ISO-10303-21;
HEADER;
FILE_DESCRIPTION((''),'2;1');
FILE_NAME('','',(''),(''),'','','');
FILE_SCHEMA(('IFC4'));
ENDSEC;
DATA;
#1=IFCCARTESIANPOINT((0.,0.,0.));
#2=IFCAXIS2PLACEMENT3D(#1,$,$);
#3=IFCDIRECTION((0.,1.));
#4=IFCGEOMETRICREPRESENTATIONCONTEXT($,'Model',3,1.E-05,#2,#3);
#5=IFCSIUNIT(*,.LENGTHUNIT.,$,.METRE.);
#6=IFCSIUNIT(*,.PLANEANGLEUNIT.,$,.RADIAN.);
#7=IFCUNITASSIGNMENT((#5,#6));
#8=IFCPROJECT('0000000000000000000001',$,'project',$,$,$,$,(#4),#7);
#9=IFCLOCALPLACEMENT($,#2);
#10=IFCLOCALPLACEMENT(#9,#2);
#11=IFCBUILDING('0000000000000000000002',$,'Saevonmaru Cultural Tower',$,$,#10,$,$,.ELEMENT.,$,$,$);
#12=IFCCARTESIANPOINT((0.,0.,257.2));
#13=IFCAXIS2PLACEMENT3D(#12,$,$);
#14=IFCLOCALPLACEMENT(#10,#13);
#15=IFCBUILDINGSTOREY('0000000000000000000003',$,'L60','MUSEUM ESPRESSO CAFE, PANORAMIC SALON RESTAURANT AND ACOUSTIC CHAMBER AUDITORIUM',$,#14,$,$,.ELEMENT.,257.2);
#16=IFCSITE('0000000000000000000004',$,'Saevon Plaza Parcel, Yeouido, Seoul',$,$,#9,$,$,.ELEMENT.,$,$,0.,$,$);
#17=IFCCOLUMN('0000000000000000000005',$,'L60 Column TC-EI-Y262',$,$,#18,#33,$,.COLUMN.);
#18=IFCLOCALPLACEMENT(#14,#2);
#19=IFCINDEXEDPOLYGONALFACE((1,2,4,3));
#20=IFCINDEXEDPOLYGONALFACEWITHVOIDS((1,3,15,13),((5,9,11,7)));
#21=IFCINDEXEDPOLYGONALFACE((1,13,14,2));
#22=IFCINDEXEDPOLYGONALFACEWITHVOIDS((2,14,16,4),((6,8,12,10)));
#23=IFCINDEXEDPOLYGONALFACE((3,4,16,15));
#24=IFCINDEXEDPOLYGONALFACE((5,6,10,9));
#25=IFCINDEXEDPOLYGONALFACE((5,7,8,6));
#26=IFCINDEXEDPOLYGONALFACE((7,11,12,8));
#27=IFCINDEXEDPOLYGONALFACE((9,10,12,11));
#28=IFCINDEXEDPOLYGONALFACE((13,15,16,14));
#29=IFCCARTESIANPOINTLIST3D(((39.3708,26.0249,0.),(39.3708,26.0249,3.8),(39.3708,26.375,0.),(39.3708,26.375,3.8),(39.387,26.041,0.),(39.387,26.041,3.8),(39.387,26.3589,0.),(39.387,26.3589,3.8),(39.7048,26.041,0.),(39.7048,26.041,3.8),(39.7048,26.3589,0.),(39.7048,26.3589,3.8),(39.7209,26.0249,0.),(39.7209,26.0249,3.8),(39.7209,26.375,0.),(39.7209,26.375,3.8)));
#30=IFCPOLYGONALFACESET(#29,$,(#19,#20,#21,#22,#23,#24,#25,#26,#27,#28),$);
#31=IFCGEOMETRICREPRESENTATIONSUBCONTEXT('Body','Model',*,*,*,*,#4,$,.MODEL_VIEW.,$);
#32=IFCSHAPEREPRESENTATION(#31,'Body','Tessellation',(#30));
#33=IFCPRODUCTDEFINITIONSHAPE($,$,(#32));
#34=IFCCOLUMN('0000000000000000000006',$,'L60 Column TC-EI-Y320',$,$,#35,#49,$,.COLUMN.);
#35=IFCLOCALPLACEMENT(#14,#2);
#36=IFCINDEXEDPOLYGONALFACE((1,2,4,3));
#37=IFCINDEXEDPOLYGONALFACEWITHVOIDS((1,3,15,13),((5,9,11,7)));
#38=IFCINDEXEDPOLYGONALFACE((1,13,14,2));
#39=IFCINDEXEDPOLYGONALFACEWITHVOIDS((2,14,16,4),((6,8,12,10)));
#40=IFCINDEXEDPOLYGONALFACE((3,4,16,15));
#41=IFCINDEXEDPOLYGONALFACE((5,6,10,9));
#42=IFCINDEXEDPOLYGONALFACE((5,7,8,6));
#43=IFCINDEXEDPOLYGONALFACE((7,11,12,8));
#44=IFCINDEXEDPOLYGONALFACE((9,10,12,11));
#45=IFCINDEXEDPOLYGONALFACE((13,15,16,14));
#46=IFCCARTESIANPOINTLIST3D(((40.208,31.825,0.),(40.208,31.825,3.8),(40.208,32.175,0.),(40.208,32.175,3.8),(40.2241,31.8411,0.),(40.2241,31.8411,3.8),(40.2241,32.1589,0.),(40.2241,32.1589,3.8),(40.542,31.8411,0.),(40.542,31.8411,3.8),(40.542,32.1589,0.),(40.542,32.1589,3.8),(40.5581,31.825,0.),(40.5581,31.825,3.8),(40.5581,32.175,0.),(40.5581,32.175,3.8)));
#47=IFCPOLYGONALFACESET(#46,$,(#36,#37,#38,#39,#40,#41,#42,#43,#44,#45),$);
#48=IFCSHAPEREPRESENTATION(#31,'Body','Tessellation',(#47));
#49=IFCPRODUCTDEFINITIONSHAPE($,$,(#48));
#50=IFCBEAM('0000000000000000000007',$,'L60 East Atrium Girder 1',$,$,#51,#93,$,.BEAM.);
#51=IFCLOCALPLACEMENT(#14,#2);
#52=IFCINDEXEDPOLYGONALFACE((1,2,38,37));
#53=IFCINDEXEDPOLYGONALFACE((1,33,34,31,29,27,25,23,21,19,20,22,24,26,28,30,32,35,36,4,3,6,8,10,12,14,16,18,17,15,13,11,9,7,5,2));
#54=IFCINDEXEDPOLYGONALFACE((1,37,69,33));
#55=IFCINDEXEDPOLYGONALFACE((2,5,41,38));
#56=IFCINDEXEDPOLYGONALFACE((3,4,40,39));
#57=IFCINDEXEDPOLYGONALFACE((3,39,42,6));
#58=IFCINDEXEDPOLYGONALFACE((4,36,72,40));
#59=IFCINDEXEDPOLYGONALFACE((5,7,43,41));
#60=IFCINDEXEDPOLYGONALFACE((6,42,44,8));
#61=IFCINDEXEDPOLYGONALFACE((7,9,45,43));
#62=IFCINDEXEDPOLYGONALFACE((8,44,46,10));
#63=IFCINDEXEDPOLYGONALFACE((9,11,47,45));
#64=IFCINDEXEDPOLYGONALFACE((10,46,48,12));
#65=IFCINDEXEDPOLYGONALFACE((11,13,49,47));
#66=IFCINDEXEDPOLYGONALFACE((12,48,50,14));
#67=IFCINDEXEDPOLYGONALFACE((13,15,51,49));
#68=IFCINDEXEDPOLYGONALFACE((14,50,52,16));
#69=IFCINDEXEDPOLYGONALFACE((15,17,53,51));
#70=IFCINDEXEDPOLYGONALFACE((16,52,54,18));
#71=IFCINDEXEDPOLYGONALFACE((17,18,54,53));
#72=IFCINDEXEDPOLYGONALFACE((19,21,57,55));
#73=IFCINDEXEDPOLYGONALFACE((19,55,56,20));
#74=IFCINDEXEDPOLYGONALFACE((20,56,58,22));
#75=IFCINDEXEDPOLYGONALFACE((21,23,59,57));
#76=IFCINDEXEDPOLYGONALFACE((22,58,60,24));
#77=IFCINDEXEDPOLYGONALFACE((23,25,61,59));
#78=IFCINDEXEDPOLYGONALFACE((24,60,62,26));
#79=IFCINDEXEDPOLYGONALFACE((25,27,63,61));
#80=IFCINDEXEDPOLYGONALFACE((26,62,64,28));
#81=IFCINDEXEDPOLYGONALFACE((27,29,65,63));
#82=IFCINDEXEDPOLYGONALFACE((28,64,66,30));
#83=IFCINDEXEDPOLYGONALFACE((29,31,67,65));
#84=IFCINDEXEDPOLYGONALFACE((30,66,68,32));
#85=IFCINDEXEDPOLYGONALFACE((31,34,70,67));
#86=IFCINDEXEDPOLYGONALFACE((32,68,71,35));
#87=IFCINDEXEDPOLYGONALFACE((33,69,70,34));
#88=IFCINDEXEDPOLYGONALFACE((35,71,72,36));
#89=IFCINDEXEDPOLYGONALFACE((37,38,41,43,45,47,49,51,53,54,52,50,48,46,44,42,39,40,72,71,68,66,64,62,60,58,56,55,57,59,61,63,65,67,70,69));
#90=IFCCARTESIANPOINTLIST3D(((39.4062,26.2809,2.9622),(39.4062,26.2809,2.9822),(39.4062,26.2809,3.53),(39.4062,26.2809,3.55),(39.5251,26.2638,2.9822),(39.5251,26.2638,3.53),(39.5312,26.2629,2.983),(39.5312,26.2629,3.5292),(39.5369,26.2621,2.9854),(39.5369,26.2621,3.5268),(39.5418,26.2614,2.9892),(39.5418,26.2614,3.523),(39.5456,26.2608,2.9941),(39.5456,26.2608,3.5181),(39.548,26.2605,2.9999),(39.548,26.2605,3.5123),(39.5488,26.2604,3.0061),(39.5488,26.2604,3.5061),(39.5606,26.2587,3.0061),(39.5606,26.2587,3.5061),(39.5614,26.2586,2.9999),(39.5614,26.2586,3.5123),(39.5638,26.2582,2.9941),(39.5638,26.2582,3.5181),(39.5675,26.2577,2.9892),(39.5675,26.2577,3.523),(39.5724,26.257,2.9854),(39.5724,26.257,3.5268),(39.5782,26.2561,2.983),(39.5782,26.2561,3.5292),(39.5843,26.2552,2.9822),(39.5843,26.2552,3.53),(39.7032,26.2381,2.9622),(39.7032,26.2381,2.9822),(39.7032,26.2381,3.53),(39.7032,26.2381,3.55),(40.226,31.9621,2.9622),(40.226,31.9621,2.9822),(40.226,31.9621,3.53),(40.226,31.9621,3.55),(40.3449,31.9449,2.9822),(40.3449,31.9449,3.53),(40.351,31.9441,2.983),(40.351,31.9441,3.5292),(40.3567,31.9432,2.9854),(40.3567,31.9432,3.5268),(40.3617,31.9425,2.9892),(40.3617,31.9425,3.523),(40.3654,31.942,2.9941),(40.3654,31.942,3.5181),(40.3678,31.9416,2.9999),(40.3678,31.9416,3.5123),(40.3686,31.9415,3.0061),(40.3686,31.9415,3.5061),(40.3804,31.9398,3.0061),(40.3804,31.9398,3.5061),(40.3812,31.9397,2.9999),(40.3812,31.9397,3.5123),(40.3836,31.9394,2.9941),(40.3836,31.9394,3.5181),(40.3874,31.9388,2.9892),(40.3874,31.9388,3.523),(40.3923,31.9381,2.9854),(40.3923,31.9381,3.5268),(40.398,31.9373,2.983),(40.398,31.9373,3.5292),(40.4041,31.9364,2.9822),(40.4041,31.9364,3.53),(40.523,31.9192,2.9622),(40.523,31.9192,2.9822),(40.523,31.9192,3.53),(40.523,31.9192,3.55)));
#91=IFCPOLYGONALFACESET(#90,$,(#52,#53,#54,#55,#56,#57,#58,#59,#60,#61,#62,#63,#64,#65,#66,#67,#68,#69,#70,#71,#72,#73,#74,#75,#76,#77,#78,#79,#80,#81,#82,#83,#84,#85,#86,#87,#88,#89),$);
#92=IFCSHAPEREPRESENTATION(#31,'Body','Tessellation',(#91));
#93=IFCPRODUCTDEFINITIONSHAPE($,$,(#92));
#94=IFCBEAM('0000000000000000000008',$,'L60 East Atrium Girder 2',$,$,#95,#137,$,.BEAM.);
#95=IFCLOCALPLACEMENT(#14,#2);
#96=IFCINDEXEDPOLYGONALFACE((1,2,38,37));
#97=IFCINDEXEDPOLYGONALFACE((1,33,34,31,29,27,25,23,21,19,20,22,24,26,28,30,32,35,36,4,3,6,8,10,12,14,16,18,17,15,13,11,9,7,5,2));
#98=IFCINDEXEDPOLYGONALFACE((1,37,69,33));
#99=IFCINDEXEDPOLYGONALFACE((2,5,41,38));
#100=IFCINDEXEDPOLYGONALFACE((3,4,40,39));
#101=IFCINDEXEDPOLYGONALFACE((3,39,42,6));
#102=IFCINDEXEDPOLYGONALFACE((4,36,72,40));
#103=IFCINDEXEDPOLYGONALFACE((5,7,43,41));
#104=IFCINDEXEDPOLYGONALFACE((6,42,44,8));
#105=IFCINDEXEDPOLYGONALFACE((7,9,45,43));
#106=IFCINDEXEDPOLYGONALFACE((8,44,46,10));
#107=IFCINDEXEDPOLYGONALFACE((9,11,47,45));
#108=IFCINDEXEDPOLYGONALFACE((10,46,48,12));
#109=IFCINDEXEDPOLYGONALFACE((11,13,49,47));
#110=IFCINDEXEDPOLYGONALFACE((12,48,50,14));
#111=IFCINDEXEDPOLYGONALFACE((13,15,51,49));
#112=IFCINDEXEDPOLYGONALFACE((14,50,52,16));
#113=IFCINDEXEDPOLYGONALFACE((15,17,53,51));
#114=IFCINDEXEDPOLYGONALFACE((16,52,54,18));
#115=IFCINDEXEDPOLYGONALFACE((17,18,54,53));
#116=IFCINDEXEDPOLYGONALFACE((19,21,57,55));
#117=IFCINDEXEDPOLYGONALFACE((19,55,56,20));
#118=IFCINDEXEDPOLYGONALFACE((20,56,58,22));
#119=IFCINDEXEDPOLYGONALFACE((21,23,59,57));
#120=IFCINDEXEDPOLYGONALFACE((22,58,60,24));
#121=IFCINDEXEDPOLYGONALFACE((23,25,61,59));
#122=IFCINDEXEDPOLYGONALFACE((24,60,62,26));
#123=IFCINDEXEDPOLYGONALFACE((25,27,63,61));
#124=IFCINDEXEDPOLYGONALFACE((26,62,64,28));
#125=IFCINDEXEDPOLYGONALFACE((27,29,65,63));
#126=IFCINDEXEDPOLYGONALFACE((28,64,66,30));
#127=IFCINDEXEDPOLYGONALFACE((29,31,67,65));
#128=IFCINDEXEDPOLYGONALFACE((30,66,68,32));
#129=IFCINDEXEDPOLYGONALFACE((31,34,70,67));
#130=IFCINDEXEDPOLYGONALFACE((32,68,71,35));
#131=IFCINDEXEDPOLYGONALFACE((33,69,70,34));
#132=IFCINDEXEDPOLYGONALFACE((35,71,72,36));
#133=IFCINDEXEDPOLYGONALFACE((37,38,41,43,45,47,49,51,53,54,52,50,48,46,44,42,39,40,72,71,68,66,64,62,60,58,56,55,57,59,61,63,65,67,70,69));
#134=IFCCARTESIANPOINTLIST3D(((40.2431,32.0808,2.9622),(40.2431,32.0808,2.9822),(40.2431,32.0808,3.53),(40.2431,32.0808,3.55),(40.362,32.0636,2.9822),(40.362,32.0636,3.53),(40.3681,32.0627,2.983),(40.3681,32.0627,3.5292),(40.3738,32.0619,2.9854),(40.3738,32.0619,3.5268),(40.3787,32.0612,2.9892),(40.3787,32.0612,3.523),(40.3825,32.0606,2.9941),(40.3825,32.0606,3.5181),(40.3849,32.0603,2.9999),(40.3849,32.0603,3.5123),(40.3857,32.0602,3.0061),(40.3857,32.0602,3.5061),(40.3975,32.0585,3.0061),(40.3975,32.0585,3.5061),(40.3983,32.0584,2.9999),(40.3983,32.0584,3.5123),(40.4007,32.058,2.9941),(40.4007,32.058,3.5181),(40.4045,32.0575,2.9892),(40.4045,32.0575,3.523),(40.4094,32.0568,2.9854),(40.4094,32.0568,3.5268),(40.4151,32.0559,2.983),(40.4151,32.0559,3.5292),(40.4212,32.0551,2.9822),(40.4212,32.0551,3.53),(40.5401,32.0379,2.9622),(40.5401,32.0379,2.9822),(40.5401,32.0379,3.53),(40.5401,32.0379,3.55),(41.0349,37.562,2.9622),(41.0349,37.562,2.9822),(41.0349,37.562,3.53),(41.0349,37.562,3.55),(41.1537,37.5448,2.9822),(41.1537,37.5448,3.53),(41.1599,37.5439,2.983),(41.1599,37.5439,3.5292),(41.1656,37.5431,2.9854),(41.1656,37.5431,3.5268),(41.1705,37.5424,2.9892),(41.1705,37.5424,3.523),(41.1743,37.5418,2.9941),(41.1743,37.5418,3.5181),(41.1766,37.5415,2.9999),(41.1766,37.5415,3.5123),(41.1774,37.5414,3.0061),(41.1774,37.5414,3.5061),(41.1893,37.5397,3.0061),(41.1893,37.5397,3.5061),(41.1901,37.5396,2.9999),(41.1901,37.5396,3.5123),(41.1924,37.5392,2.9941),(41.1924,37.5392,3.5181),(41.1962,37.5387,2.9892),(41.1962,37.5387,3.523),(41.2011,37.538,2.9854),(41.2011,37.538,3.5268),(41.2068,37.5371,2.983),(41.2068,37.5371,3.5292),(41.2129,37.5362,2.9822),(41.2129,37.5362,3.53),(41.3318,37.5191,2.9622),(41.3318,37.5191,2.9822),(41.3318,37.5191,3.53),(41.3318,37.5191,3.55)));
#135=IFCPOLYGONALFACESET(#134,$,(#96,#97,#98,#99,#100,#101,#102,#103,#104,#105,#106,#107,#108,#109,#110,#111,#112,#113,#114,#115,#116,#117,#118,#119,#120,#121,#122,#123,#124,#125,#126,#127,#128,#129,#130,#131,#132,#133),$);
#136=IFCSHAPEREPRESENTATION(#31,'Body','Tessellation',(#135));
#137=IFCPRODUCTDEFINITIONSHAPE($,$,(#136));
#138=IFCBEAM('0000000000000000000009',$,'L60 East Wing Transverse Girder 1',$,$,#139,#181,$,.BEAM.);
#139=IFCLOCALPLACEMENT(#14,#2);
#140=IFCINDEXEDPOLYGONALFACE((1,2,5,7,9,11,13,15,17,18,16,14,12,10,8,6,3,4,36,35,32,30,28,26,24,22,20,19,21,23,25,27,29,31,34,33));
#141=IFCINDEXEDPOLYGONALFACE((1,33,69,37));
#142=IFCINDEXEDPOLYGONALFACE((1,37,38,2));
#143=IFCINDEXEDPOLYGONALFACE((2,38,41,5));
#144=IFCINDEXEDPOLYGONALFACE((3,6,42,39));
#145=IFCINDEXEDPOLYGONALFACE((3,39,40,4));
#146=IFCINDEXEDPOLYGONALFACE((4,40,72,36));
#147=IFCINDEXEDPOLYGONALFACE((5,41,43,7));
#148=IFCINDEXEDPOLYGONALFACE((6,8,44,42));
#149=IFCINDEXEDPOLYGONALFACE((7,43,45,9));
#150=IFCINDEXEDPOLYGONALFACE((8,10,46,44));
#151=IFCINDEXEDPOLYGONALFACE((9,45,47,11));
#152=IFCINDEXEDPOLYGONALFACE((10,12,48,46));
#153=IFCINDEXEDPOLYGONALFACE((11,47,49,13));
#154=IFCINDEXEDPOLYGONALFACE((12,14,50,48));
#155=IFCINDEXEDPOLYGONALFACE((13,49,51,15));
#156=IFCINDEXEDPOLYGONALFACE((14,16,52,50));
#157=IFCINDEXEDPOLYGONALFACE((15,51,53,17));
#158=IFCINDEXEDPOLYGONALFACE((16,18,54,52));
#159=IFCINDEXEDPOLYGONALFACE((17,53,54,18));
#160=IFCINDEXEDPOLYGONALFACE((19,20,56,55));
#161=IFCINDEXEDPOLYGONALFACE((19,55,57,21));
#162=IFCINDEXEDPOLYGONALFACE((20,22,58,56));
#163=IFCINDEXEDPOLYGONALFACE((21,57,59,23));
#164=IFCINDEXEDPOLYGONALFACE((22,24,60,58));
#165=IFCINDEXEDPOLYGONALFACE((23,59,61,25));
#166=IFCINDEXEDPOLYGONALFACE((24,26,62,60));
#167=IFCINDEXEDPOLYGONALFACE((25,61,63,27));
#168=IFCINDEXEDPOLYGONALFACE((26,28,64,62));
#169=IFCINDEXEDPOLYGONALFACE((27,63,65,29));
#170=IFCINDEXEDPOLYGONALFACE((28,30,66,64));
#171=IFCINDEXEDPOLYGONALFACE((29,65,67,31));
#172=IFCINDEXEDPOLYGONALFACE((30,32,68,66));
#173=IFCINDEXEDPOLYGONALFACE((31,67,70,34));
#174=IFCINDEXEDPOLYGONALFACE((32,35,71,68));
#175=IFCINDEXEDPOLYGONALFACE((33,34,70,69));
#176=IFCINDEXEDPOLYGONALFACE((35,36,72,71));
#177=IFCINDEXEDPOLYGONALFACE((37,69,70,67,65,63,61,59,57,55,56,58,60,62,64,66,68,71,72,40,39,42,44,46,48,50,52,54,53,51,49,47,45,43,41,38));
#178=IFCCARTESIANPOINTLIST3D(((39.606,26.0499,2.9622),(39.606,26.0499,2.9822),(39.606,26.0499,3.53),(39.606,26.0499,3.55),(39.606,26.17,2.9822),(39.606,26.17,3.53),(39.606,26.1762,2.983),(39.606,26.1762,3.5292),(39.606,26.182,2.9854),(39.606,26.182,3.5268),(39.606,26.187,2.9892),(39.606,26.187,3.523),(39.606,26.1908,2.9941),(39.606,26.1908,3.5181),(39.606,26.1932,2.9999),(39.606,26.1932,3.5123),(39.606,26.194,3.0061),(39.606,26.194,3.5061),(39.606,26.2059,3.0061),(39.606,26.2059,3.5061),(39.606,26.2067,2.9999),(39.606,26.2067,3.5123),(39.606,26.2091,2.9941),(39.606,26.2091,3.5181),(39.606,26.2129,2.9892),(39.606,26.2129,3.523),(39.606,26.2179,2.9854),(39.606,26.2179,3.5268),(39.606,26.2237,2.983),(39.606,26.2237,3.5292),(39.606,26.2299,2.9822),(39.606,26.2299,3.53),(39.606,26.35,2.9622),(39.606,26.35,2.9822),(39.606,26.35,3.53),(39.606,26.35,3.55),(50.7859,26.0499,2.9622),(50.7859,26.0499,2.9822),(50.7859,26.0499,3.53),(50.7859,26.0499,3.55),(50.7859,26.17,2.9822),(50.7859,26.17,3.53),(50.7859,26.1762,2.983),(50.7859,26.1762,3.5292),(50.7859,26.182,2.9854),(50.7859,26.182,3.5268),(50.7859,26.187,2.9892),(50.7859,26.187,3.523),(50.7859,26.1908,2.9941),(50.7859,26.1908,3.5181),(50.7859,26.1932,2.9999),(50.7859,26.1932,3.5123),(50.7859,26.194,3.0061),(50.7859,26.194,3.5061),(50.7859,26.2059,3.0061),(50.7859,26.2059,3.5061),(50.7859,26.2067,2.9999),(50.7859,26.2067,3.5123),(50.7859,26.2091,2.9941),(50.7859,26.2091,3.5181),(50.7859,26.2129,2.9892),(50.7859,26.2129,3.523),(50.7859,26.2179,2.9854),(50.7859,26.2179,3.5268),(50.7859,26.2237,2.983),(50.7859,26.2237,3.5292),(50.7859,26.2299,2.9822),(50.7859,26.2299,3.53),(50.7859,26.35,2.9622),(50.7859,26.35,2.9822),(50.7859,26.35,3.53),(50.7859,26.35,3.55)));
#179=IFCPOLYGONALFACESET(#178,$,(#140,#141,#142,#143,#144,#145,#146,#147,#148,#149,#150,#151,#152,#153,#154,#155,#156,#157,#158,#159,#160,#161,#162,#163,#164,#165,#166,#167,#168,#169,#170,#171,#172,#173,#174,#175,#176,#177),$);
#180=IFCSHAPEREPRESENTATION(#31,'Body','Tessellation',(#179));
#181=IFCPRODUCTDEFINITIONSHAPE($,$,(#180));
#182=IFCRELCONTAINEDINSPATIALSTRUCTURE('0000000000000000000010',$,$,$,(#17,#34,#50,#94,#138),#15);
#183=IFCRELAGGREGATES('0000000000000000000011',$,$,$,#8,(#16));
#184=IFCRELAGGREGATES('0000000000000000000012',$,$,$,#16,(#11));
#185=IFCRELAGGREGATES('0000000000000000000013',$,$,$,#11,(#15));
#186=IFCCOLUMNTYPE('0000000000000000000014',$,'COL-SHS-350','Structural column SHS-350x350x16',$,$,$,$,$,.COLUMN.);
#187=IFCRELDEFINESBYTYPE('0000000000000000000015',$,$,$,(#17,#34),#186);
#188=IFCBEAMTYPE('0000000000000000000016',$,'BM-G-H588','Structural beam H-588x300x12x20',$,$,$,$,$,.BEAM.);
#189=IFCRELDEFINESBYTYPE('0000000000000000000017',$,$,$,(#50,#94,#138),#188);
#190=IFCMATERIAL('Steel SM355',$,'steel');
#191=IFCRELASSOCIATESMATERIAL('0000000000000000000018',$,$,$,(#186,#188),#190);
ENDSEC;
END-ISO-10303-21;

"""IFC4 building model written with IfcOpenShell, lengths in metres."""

from ifc_helpers import new_model, si_unit, direction, frame, origin, origin_2d, place, context, subcontext, project, spatial, hollow_rectangle, i_section, extrude, material, material_profile, profile_set, type_object, element, save


model = new_model("IFC4")

# Units and contexts
model_context = context("Model", 3, precision=1e-05, world=origin(), true_north=direction((0.0, 1.0)))
body_context = subcontext(model_context, "Body", "Model", "MODEL_VIEW")
ifc_project = project(units=[si_unit("LENGTHUNIT", "METRE"), si_unit("PLANEANGLEUNIT", "RADIAN")], contexts=[model_context])

# Site, building, storey
site_placement = place(None, origin())
site = spatial("IfcSite", under=ifc_project, at=site_placement, Name="Saevon Plaza Parcel, Yeouido, Seoul", CompositionType="ELEMENT", RefElevation=0.0)
building_placement = place(site_placement, origin())
building = spatial("IfcBuilding", under=site, at=building_placement, Name="Saevonmaru Cultural Tower", CompositionType="ELEMENT")
storey_placement = place(building_placement, frame((0.0, 0.0, 257.2)))
storey = spatial("IfcBuildingStorey", under=building, at=storey_placement, Name="L60", Description="MUSEUM ESPRESSO CAFE, PANORAMIC SALON RESTAURANT AND ACOUSTIC CHAMBER AUDITORIUM", CompositionType="ELEMENT", Elevation=257.2)

# Columns
ifc_material_1 = material(Name="Steel SM355", Category="steel")
ifc_material_profile_1 = material_profile(ifc_material_1, hollow_rectangle(XDim=0.3501, YDim=0.3501, WallThickness=0.0161, at=origin_2d()), Name="SHS-350x350x16")
ifc_profile_set_1 = profile_set([ifc_material_profile_1], Name="Steel SM355")
column_type = type_object("IfcColumnType", Name="COL-SHS-350", Description="Structural column SHS-350x350x16", PredefinedType="COLUMN", material=ifc_profile_set_1)
for number, where, z_axis, x_axis, name in (
    (1, (39.5459, 26.2, 0.0), (0.0, 0.0, 1.0), (1.0, 0.0, 0.0), "L60 Column TC-EI-Y262"),
    (2, (40.3831, 32.0, 0.0), (0.0, 0.0, 1.0), (1.0, 0.0, 0.0), "L60 Column TC-EI-Y320"),
):
    element("IfcColumn", number, at=place(storey_placement, frame(where, z_axis=z_axis, x_axis=x_axis)), inside=storey, type_object=column_type, Name=name, PredefinedType="COLUMN", context=body_context, shape_type="SweptSolid", body=[
        extrude(hollow_rectangle(XDim=0.3501, YDim=0.3501, WallThickness=0.0161, at=origin_2d()), origin(), (0.0, 0.0, 1.0), 3.8),
    ])

# Beams
ifc_material_profile_2 = material_profile(ifc_material_1, i_section(OverallWidth=0.3, OverallDepth=0.5879, WebThickness=0.012, FlangeThickness=0.02, FilletRadius=0.0239, at=origin_2d()), Name="H-588x300x12x20")
ifc_profile_set_2 = profile_set([ifc_material_profile_2], Name="Steel SM355")
beam_type_1 = type_object("IfcBeamType", Name="BM-G-H588", Description="Structural beam H-588x300x12x20", PredefinedType="BEAM", material=ifc_profile_set_2)
beam_1_placement = place(storey_placement, frame((39.5547, 26.2595, 3.2561), z_axis=(0.142827, 0.989748, 0.0), x_axis=(-0.989748, 0.142827, 0.0)))
element("IfcBeam", 3, at=beam_1_placement, inside=storey, type_object=beam_type_1, Name="L60 East Atrium Girder 1", PredefinedType="BEAM", context=body_context, shape_type="SweptSolid", body=[
    extrude(i_section(OverallWidth=0.3, OverallDepth=0.5879, WebThickness=0.012, FlangeThickness=0.02, FilletRadius=0.0239, at=origin_2d()), origin(), (0.0, 0.0, 1.0), 5.74),
])
beam_2_placement = place(storey_placement, frame((40.3916, 32.0593, 3.2561), z_axis=(0.142964, 0.989728, 0.0), x_axis=(-0.989728, 0.142964, 0.0)))
element("IfcBeam", 4, at=beam_2_placement, inside=storey, type_object=beam_type_1, Name="L60 East Atrium Girder 2", PredefinedType="BEAM", context=body_context, shape_type="SweptSolid", body=[
    extrude(i_section(OverallWidth=0.3, OverallDepth=0.5879, WebThickness=0.012, FlangeThickness=0.02, FilletRadius=0.0239, at=origin_2d()), origin(), (0.0, 0.0, 1.0), 5.5381),
])
for number, where, z_axis, x_axis, name in (
    (5, (39.606, 26.2, 3.2561), (1.0, 0.0, 0.0), (0.0, 1.0, 0.0), "L60 East Wing Transverse Girder 1"),
):
    element("IfcBeam", number, at=place(storey_placement, frame(where, z_axis=z_axis, x_axis=x_axis)), inside=storey, type_object=beam_type_1, Name=name, PredefinedType="BEAM", context=body_context, shape_type="SweptSolid", body=[
        extrude(i_section(OverallWidth=0.3, OverallDepth=0.5879, WebThickness=0.012, FlangeThickness=0.02, FilletRadius=0.0239, at=origin_2d()), origin(), (0.0, 0.0, 1.0), 11.1799),
    ])

save(model, "model.ifc")
